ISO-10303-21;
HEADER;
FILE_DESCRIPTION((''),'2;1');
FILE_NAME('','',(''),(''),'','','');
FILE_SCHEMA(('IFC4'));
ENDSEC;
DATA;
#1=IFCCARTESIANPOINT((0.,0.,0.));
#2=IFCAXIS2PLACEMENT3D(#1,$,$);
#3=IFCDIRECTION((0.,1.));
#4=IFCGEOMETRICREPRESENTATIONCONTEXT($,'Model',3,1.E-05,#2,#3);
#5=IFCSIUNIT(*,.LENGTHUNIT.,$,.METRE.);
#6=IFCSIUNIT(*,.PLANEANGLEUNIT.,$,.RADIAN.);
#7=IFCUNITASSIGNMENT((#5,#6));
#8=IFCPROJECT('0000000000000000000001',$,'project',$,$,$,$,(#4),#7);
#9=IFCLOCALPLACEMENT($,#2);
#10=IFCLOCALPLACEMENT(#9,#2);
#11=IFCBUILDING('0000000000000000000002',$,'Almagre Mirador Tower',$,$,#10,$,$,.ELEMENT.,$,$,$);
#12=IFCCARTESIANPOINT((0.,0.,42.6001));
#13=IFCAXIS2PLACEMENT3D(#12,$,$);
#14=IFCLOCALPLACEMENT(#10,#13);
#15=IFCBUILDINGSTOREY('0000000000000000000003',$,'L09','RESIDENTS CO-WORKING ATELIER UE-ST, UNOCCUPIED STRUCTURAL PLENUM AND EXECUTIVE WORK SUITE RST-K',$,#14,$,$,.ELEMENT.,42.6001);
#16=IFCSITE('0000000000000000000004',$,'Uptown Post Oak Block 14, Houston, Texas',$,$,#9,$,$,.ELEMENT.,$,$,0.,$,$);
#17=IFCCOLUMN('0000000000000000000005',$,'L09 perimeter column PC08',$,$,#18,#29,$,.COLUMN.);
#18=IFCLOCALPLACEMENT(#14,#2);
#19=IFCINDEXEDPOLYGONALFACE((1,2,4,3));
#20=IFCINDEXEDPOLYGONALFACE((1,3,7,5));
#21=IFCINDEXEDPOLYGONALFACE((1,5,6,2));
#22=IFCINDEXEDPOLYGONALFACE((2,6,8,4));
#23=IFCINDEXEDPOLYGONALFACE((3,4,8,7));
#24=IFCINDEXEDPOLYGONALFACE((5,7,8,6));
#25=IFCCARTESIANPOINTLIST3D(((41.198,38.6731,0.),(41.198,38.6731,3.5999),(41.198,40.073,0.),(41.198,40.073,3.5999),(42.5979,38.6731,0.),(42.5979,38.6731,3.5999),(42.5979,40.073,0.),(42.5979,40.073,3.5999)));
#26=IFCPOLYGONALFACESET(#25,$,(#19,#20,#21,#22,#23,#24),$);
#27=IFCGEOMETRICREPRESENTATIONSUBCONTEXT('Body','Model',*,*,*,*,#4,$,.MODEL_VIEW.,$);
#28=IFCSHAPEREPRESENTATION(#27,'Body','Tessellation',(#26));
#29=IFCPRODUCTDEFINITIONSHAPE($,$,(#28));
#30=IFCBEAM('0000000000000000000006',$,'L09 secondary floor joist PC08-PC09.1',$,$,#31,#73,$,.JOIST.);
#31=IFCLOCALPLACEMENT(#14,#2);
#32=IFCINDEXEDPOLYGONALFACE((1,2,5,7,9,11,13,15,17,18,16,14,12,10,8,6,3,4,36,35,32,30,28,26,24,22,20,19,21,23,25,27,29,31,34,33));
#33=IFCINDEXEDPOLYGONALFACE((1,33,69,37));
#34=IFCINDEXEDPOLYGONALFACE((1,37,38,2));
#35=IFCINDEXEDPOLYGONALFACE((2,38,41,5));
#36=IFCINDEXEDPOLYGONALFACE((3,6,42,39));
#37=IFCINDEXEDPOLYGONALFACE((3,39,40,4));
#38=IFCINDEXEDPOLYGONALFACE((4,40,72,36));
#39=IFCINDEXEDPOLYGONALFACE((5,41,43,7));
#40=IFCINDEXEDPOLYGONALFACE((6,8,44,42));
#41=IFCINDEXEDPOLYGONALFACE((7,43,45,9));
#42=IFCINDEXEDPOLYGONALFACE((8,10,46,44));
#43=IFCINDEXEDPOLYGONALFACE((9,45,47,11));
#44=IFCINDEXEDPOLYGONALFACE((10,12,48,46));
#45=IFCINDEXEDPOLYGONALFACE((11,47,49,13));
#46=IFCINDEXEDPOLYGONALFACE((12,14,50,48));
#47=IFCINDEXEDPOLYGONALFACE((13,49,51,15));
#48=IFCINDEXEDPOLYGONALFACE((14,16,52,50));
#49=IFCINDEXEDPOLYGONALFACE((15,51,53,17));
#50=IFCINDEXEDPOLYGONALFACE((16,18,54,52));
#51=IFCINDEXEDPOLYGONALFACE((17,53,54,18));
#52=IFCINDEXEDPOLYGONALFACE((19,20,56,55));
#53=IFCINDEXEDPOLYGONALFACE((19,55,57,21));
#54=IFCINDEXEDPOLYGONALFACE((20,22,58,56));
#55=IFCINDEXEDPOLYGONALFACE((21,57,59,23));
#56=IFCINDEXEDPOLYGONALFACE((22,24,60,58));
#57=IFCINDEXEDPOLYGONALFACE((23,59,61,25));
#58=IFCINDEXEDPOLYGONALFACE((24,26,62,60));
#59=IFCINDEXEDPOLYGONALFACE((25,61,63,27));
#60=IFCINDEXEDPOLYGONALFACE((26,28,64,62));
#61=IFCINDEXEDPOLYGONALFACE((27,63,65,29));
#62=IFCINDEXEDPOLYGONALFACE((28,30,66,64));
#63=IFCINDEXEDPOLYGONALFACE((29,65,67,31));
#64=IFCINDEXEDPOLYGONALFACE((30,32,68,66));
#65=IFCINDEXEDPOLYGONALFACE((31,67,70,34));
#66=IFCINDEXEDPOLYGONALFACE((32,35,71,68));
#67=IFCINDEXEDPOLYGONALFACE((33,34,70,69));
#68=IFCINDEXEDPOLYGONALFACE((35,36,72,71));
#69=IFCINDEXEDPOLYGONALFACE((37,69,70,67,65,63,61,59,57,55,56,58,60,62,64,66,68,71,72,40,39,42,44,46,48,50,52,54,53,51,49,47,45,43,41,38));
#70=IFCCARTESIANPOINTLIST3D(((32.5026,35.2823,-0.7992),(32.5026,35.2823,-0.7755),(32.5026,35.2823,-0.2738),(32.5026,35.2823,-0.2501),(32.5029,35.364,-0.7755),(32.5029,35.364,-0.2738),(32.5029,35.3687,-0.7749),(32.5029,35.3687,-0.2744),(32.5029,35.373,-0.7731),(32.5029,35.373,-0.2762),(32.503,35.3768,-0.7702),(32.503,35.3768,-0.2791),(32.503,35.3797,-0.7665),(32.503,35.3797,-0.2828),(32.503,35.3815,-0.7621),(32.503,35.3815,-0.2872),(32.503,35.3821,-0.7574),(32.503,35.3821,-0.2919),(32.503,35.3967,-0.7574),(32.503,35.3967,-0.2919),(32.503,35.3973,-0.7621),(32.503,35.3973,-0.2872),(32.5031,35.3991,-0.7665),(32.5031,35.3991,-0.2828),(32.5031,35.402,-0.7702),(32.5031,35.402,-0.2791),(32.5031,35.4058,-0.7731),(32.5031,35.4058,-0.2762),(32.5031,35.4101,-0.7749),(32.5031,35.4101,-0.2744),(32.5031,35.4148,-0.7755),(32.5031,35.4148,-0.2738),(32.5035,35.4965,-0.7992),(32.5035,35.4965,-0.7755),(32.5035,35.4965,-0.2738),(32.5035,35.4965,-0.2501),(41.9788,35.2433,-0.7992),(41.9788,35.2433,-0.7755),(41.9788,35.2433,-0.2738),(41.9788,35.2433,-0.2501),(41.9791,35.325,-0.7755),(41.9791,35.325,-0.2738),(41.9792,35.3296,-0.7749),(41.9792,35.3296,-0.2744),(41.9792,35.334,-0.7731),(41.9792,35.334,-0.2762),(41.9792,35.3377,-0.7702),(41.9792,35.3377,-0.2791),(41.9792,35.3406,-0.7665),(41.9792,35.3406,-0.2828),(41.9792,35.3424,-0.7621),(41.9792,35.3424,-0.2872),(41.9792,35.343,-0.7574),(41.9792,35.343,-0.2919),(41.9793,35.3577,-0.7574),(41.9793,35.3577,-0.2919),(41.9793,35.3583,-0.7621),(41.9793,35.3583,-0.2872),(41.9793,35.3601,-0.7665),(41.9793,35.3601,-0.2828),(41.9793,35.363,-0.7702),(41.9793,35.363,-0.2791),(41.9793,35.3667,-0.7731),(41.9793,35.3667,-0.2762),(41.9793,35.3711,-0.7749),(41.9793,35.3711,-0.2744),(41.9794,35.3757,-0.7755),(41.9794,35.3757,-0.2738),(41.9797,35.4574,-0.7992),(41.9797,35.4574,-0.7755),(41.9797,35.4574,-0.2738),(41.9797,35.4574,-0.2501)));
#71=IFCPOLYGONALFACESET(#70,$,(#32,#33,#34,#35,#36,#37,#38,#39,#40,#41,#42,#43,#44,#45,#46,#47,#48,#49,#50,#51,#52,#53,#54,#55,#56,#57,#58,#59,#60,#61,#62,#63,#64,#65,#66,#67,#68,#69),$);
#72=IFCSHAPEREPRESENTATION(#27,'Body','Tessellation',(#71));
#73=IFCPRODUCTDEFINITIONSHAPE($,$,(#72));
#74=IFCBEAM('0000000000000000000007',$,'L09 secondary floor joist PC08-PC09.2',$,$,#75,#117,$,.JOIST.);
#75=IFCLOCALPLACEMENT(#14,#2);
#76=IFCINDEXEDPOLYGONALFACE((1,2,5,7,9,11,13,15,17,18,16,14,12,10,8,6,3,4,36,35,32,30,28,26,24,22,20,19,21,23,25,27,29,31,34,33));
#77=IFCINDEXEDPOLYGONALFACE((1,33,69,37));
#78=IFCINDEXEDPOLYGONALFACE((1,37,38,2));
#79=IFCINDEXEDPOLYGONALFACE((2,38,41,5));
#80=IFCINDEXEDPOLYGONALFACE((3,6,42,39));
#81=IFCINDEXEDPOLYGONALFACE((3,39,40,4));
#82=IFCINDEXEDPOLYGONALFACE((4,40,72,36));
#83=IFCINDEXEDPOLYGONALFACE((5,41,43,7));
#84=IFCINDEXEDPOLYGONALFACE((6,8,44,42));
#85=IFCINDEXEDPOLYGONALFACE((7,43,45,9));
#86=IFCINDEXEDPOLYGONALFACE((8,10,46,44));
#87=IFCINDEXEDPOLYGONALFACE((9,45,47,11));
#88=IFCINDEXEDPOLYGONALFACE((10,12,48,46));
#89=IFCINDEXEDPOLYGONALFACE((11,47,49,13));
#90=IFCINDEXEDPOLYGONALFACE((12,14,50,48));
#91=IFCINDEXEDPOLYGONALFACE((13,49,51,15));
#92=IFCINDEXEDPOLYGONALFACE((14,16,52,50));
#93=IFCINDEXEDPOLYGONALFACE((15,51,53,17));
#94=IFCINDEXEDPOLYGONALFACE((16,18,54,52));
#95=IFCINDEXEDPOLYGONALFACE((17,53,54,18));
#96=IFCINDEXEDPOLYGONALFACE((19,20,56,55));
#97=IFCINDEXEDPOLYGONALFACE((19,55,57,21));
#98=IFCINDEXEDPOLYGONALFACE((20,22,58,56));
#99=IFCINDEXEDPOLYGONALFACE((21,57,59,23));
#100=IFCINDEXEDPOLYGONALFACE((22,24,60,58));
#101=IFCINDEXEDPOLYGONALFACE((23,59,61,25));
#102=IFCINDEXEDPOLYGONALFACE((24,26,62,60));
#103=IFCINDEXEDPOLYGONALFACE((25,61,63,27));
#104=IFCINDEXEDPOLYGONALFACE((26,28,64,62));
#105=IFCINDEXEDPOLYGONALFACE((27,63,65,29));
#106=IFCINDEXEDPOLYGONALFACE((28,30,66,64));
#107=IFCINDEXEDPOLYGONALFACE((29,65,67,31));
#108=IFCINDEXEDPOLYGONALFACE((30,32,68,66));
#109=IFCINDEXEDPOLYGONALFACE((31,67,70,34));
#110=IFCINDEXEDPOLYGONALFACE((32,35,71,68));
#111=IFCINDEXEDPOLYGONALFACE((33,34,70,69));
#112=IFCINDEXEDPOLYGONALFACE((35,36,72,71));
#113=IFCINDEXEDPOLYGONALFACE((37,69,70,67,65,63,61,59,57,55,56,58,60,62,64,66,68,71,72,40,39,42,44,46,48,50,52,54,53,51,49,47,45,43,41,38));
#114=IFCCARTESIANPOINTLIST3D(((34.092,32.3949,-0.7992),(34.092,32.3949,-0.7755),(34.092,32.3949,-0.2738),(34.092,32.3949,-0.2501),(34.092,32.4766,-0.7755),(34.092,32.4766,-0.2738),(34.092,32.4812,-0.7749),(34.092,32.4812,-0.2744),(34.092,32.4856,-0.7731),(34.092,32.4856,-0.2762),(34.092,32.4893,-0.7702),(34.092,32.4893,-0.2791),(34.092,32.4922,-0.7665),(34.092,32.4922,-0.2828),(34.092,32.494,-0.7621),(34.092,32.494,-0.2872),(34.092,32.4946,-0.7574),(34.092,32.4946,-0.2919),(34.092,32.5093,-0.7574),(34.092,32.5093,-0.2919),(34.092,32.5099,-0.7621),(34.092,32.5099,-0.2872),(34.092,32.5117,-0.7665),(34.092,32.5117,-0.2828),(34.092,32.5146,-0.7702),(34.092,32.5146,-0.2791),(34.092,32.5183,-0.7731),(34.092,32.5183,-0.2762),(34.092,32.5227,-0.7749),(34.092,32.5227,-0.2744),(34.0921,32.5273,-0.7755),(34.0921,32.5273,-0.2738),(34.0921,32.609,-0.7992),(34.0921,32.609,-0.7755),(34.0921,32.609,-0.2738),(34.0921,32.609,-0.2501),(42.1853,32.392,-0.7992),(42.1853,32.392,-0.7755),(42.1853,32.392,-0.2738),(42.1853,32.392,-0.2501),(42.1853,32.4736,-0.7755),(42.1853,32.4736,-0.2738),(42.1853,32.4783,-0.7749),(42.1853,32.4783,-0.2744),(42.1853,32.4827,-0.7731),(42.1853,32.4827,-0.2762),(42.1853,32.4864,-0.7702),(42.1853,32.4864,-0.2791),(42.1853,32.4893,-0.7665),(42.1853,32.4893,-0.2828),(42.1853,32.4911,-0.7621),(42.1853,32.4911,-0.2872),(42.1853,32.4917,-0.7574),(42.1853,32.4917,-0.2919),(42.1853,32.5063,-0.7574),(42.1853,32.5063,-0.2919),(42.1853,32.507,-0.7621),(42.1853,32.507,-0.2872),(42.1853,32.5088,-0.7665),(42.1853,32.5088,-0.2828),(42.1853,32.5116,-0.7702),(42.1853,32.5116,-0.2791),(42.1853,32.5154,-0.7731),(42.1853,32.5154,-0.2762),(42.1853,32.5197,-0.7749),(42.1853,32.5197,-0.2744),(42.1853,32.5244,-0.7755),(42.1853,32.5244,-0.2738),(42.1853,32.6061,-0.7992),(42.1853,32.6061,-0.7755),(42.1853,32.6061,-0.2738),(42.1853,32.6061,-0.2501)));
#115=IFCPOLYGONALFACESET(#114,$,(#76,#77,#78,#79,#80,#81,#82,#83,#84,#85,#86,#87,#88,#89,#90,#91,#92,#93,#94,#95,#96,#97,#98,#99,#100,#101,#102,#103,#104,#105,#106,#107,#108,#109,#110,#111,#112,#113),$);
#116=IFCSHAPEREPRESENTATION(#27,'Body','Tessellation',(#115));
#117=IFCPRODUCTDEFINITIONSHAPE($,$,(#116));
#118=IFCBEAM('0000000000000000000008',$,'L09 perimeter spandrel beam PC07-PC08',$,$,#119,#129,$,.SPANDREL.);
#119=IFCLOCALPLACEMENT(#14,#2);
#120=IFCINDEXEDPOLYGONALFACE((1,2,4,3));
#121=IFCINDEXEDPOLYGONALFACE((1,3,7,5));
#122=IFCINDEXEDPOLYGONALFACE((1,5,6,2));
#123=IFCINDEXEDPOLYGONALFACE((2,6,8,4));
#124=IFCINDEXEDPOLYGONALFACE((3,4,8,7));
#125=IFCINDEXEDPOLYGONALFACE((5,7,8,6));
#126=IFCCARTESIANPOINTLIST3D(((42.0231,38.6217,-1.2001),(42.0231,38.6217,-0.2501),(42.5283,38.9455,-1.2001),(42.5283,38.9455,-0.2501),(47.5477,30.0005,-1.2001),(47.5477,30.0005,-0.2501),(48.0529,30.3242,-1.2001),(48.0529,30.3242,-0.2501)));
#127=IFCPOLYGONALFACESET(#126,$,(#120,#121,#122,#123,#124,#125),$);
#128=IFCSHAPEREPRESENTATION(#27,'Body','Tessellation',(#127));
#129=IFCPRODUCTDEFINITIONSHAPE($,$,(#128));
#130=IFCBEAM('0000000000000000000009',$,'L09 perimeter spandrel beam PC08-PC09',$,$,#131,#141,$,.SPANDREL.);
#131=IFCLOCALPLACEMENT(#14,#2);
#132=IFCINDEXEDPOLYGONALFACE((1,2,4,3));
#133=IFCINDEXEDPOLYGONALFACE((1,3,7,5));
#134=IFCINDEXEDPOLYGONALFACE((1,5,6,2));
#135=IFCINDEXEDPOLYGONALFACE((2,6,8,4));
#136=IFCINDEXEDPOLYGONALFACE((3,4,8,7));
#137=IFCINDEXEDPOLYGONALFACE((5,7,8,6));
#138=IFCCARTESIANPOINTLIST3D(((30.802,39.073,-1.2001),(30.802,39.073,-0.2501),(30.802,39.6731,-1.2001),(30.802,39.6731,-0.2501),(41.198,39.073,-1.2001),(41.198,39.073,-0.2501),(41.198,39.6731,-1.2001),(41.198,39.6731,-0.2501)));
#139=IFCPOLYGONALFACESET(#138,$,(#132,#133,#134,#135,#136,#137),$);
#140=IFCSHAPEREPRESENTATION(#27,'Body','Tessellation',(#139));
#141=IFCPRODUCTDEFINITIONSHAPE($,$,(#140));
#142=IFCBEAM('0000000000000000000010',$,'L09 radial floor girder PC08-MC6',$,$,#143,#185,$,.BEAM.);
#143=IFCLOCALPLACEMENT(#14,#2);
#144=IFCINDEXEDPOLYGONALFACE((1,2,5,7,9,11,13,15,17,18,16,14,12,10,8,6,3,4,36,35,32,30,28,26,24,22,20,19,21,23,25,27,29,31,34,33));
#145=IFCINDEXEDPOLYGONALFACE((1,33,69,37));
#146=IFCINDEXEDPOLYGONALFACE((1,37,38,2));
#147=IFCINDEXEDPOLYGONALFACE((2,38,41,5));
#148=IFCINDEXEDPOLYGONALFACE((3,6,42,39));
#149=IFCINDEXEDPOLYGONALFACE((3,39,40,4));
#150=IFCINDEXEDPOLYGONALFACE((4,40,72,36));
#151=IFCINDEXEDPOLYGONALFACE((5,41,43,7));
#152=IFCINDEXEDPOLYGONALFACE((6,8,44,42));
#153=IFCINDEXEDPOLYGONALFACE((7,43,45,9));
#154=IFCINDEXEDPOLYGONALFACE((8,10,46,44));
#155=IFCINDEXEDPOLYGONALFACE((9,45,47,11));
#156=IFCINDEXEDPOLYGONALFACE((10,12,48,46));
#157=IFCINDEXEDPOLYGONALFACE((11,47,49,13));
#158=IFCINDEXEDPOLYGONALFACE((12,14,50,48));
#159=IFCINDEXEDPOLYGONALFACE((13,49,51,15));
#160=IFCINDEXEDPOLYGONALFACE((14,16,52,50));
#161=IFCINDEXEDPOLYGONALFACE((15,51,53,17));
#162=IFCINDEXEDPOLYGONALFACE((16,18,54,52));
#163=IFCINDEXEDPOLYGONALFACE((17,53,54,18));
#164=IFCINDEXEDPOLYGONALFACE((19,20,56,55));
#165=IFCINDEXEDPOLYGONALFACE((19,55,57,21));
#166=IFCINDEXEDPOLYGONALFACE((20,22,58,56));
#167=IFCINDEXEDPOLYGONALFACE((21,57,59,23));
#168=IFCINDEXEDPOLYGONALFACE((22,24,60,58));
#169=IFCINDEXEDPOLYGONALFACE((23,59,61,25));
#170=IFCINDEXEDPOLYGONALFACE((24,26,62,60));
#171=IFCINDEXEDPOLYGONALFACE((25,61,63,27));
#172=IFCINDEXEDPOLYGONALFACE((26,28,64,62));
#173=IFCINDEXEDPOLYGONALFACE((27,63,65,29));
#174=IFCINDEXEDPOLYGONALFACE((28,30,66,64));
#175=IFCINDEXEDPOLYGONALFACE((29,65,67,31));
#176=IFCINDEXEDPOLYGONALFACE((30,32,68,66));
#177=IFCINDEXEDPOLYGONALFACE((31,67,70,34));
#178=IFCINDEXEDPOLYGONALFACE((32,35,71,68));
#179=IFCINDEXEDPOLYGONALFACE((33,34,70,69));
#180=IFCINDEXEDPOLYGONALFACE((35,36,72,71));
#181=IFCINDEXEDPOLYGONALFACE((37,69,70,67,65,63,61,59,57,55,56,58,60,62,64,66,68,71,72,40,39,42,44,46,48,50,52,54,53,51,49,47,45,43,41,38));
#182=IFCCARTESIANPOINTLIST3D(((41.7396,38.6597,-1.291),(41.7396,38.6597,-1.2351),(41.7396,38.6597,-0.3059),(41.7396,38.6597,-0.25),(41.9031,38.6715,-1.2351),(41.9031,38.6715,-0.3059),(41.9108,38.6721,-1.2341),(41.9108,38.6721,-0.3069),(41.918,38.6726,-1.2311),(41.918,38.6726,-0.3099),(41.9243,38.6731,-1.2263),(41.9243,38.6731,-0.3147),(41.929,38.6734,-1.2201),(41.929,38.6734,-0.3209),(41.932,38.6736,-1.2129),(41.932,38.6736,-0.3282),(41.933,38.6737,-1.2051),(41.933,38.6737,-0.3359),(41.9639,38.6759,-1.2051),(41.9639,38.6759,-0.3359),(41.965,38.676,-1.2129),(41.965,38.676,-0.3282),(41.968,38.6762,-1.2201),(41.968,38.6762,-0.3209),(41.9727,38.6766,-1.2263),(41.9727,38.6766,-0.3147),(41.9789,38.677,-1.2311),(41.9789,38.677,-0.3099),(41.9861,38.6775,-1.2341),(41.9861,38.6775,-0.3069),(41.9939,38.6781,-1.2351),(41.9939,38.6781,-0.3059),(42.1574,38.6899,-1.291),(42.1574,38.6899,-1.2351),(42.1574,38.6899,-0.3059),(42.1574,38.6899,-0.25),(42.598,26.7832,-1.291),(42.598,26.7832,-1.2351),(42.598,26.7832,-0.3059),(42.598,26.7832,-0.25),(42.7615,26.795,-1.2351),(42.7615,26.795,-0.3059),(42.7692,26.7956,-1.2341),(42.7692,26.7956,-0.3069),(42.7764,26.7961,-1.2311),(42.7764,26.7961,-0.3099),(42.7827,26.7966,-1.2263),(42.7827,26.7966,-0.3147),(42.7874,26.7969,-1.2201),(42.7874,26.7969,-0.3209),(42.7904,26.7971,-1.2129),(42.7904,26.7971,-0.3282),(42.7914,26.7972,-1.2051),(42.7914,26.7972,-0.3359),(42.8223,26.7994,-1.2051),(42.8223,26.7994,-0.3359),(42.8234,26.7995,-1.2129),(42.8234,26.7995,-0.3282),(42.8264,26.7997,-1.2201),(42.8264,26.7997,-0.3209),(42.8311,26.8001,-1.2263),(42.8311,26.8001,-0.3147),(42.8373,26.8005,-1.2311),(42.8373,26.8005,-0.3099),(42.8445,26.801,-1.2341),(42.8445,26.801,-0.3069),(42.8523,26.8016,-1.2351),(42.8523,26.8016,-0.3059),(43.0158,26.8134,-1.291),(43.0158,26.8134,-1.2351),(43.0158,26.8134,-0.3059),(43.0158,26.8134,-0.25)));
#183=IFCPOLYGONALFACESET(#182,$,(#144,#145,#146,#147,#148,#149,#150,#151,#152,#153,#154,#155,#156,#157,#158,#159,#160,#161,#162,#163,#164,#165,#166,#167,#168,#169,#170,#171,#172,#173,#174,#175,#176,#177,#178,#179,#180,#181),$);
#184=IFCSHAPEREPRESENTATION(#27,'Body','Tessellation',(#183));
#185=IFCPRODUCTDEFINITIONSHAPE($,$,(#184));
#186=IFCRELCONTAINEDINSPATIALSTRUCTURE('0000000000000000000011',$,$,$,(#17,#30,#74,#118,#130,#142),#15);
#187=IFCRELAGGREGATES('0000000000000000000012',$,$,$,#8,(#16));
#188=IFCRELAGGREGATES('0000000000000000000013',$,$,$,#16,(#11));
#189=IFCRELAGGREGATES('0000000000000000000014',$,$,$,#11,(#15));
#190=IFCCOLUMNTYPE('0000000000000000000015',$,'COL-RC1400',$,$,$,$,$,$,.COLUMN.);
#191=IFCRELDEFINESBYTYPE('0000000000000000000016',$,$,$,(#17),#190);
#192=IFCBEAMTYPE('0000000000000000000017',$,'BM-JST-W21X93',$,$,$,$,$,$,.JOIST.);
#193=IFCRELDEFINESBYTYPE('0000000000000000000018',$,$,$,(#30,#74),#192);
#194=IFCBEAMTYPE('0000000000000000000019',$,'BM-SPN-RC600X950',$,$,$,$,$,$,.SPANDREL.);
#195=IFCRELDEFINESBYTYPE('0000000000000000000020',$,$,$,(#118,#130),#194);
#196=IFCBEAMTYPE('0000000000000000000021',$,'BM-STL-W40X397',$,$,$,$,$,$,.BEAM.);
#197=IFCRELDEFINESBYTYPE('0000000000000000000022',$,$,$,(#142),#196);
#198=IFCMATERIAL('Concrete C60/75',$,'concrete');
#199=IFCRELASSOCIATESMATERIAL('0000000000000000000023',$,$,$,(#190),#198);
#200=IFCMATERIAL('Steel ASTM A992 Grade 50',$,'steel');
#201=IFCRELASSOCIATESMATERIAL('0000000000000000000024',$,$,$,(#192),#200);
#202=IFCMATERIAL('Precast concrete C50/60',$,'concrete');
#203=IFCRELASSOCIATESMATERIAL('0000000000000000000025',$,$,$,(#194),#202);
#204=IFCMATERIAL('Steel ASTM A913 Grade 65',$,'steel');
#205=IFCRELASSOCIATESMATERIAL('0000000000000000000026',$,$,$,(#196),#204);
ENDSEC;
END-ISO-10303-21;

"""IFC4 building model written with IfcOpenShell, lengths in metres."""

from ifc_helpers import new_model, si_unit, direction, frame, origin, origin_2d, place, context, subcontext, project, spatial, rectangle, i_section, extrude, material, material_profile, profile_set, type_object, element, save


model = new_model("IFC4")

# Units and contexts
model_context = context("Model", 3, precision=1e-05, world=origin(), true_north=direction((0.0, 1.0)))
body_context = subcontext(model_context, "Body", "Model", "MODEL_VIEW")
ifc_project = project(units=[si_unit("LENGTHUNIT", "METRE"), si_unit("PLANEANGLEUNIT", "RADIAN")], contexts=[model_context])

# Site, building, storey
site_placement = place(None, origin())
site = spatial("IfcSite", under=ifc_project, at=site_placement, Name="Uptown Post Oak Block 14, Houston, Texas", CompositionType="ELEMENT", RefElevation=0.0)
building_placement = place(site_placement, origin())
building = spatial("IfcBuilding", under=site, at=building_placement, Name="Almagre Mirador Tower", CompositionType="ELEMENT")
storey_placement = place(building_placement, frame((0.0, 0.0, 42.6001)))
storey = spatial("IfcBuildingStorey", under=building, at=storey_placement, Name="L09", Description="RESIDENTS CO-WORKING ATELIER UE-ST, UNOCCUPIED STRUCTURAL PLENUM AND EXECUTIVE WORK SUITE RST-K", CompositionType="ELEMENT", Elevation=42.6001)

# Column
ifc_material_1 = material(Name="Concrete C60/75", Category="concrete")
ifc_material_profile_1 = material_profile(ifc_material_1, rectangle(XDim=1.3999, YDim=1.3999, at=origin_2d()), Name="RC1400X1400")
ifc_profile_set_1 = profile_set([ifc_material_profile_1], Name="Concrete C60/75")
column_type = type_object("IfcColumnType", Name="COL-RC1400", PredefinedType="COLUMN", material=ifc_profile_set_1)
column_placement = place(storey_placement, frame((41.8979, 39.373, 0.0), z_axis=(0.0, 0.0, 1.0), x_axis=(1.0, 0.0, 0.0)))
element("IfcColumn", 1, at=column_placement, inside=storey, type_object=column_type, Name="L09 perimeter column PC08", PredefinedType="COLUMN", context=body_context, shape_type="SweptSolid", body=[
    extrude(rectangle(XDim=1.3999, YDim=1.3999, at=origin_2d()), origin(), (0.0, 0.0, 1.0), 3.5999),
])

# Beams
ifc_material_2 = material(Name="Steel ASTM A992 Grade 50", Category="steel")
ifc_material_profile_2 = material_profile(ifc_material_2, i_section(OverallWidth=0.2141, OverallDepth=0.5491, WebThickness=0.0146, FlangeThickness=0.0237, FilletRadius=0.0181, at=origin_2d()), Name="W21X93")
ifc_profile_set_2 = profile_set([ifc_material_profile_2], Name="Steel ASTM A992 Grade 50")
beam_type_1 = type_object("IfcBeamType", Name="BM-JST-W21X93", PredefinedType="JOIST", material=ifc_profile_set_2)
beam_1_placement = place(storey_placement, frame((41.9792, 35.3503, -0.5247), z_axis=(-0.999992, 0.004122, 0.0), x_axis=(-0.004122, -0.999992, 0.0)))
element("IfcBeam", 2, at=beam_1_placement, inside=storey, type_object=beam_type_1, Name="L09 secondary floor joist PC08-PC09.1", PredefinedType="JOIST", context=body_context, shape_type="SweptSolid", body=[
    extrude(i_section(OverallWidth=0.2141, OverallDepth=0.5491, WebThickness=0.0146, FlangeThickness=0.0237, FilletRadius=0.0181, at=origin_2d()), origin(), (0.0, 0.0, 1.0), 9.4763),
])
beam_2_placement = place(storey_placement, frame((42.1853, 32.499, -0.5247), z_axis=(-1.0, 0.000362, 0.0), x_axis=(-0.000362, -1.0, 0.0)))
element("IfcBeam", 3, at=beam_2_placement, inside=storey, type_object=beam_type_1, Name="L09 secondary floor joist PC08-PC09.2", PredefinedType="JOIST", context=body_context, shape_type="SweptSolid", body=[
    extrude(i_section(OverallWidth=0.2141, OverallDepth=0.5491, WebThickness=0.0146, FlangeThickness=0.0237, FilletRadius=0.0181, at=origin_2d()), origin(), (0.0, 0.0, 1.0), 8.0933),
])
ifc_material_3 = material(Name="Precast concrete C50/60", Category="concrete")
ifc_material_profile_3 = material_profile(ifc_material_3, rectangle(XDim=0.6001, YDim=0.95, at=origin_2d()), Name="RC600X950")
ifc_profile_set_3 = profile_set([ifc_material_profile_3], Name="Precast concrete C50/60")
beam_type_2 = type_object("IfcBeamType", Name="BM-SPN-RC600X950", PredefinedType="SPANDREL", material=ifc_profile_set_3)
beam_3_placement = place(storey_placement, frame((47.8003, 30.1624, -0.7251), z_axis=(-0.539539, 0.841961, 0.0), x_axis=(-0.841961, -0.539539, 0.0)))
element("IfcBeam", 4, at=beam_3_placement, inside=storey, type_object=beam_type_2, Name="L09 perimeter spandrel beam PC07-PC08", PredefinedType="SPANDREL", context=body_context, shape_type="SweptSolid", body=[
    extrude(rectangle(XDim=0.6001, YDim=0.95, at=origin_2d()), origin(), (0.0, 0.0, 1.0), 10.2395),
])
beam_4_placement = place(storey_placement, frame((41.198, 39.373, -0.7251), z_axis=(-1.0, 0.0, 0.0), x_axis=(0.0, -1.0, 0.0)))
element("IfcBeam", 5, at=beam_4_placement, inside=storey, type_object=beam_type_2, Name="L09 perimeter spandrel beam PC08-PC09", PredefinedType="SPANDREL", context=body_context, shape_type="SweptSolid", body=[
    extrude(rectangle(XDim=0.6001, YDim=0.95, at=origin_2d()), origin(), (0.0, 0.0, 1.0), 10.396),
])
ifc_material_4 = material(Name="Steel ASTM A913 Grade 65", Category="steel")
ifc_material_profile_4 = material_profile(ifc_material_4, i_section(OverallWidth=0.4189, OverallDepth=1.041, WebThickness=0.031, FlangeThickness=0.0559, FilletRadius=0.03, at=origin_2d()), Name="W40X397")
ifc_profile_set_4 = profile_set([ifc_material_profile_4], Name="Steel ASTM A913 Grade 65")
beam_type_3 = type_object("IfcBeamType", Name="BM-STL-W40X397", PredefinedType="BEAM", material=ifc_profile_set_4)
beam_5_placement = place(storey_placement, frame((41.9485, 38.6748, -0.7705), z_axis=(0.072089, -0.997398, 0.0), x_axis=(0.997398, 0.072089, 0.0)))
element("IfcBeam", 6, at=beam_5_placement, inside=storey, type_object=beam_type_3, Name="L09 radial floor girder PC08-MC6", PredefinedType="BEAM", context=body_context, shape_type="SweptSolid", body=[
    extrude(i_section(OverallWidth=0.4189, OverallDepth=1.041, WebThickness=0.031, FlangeThickness=0.0559, FilletRadius=0.03, at=origin_2d()), origin(), (0.0, 0.0, 1.0), 11.9075),
])

save(model, "model.ifc")
